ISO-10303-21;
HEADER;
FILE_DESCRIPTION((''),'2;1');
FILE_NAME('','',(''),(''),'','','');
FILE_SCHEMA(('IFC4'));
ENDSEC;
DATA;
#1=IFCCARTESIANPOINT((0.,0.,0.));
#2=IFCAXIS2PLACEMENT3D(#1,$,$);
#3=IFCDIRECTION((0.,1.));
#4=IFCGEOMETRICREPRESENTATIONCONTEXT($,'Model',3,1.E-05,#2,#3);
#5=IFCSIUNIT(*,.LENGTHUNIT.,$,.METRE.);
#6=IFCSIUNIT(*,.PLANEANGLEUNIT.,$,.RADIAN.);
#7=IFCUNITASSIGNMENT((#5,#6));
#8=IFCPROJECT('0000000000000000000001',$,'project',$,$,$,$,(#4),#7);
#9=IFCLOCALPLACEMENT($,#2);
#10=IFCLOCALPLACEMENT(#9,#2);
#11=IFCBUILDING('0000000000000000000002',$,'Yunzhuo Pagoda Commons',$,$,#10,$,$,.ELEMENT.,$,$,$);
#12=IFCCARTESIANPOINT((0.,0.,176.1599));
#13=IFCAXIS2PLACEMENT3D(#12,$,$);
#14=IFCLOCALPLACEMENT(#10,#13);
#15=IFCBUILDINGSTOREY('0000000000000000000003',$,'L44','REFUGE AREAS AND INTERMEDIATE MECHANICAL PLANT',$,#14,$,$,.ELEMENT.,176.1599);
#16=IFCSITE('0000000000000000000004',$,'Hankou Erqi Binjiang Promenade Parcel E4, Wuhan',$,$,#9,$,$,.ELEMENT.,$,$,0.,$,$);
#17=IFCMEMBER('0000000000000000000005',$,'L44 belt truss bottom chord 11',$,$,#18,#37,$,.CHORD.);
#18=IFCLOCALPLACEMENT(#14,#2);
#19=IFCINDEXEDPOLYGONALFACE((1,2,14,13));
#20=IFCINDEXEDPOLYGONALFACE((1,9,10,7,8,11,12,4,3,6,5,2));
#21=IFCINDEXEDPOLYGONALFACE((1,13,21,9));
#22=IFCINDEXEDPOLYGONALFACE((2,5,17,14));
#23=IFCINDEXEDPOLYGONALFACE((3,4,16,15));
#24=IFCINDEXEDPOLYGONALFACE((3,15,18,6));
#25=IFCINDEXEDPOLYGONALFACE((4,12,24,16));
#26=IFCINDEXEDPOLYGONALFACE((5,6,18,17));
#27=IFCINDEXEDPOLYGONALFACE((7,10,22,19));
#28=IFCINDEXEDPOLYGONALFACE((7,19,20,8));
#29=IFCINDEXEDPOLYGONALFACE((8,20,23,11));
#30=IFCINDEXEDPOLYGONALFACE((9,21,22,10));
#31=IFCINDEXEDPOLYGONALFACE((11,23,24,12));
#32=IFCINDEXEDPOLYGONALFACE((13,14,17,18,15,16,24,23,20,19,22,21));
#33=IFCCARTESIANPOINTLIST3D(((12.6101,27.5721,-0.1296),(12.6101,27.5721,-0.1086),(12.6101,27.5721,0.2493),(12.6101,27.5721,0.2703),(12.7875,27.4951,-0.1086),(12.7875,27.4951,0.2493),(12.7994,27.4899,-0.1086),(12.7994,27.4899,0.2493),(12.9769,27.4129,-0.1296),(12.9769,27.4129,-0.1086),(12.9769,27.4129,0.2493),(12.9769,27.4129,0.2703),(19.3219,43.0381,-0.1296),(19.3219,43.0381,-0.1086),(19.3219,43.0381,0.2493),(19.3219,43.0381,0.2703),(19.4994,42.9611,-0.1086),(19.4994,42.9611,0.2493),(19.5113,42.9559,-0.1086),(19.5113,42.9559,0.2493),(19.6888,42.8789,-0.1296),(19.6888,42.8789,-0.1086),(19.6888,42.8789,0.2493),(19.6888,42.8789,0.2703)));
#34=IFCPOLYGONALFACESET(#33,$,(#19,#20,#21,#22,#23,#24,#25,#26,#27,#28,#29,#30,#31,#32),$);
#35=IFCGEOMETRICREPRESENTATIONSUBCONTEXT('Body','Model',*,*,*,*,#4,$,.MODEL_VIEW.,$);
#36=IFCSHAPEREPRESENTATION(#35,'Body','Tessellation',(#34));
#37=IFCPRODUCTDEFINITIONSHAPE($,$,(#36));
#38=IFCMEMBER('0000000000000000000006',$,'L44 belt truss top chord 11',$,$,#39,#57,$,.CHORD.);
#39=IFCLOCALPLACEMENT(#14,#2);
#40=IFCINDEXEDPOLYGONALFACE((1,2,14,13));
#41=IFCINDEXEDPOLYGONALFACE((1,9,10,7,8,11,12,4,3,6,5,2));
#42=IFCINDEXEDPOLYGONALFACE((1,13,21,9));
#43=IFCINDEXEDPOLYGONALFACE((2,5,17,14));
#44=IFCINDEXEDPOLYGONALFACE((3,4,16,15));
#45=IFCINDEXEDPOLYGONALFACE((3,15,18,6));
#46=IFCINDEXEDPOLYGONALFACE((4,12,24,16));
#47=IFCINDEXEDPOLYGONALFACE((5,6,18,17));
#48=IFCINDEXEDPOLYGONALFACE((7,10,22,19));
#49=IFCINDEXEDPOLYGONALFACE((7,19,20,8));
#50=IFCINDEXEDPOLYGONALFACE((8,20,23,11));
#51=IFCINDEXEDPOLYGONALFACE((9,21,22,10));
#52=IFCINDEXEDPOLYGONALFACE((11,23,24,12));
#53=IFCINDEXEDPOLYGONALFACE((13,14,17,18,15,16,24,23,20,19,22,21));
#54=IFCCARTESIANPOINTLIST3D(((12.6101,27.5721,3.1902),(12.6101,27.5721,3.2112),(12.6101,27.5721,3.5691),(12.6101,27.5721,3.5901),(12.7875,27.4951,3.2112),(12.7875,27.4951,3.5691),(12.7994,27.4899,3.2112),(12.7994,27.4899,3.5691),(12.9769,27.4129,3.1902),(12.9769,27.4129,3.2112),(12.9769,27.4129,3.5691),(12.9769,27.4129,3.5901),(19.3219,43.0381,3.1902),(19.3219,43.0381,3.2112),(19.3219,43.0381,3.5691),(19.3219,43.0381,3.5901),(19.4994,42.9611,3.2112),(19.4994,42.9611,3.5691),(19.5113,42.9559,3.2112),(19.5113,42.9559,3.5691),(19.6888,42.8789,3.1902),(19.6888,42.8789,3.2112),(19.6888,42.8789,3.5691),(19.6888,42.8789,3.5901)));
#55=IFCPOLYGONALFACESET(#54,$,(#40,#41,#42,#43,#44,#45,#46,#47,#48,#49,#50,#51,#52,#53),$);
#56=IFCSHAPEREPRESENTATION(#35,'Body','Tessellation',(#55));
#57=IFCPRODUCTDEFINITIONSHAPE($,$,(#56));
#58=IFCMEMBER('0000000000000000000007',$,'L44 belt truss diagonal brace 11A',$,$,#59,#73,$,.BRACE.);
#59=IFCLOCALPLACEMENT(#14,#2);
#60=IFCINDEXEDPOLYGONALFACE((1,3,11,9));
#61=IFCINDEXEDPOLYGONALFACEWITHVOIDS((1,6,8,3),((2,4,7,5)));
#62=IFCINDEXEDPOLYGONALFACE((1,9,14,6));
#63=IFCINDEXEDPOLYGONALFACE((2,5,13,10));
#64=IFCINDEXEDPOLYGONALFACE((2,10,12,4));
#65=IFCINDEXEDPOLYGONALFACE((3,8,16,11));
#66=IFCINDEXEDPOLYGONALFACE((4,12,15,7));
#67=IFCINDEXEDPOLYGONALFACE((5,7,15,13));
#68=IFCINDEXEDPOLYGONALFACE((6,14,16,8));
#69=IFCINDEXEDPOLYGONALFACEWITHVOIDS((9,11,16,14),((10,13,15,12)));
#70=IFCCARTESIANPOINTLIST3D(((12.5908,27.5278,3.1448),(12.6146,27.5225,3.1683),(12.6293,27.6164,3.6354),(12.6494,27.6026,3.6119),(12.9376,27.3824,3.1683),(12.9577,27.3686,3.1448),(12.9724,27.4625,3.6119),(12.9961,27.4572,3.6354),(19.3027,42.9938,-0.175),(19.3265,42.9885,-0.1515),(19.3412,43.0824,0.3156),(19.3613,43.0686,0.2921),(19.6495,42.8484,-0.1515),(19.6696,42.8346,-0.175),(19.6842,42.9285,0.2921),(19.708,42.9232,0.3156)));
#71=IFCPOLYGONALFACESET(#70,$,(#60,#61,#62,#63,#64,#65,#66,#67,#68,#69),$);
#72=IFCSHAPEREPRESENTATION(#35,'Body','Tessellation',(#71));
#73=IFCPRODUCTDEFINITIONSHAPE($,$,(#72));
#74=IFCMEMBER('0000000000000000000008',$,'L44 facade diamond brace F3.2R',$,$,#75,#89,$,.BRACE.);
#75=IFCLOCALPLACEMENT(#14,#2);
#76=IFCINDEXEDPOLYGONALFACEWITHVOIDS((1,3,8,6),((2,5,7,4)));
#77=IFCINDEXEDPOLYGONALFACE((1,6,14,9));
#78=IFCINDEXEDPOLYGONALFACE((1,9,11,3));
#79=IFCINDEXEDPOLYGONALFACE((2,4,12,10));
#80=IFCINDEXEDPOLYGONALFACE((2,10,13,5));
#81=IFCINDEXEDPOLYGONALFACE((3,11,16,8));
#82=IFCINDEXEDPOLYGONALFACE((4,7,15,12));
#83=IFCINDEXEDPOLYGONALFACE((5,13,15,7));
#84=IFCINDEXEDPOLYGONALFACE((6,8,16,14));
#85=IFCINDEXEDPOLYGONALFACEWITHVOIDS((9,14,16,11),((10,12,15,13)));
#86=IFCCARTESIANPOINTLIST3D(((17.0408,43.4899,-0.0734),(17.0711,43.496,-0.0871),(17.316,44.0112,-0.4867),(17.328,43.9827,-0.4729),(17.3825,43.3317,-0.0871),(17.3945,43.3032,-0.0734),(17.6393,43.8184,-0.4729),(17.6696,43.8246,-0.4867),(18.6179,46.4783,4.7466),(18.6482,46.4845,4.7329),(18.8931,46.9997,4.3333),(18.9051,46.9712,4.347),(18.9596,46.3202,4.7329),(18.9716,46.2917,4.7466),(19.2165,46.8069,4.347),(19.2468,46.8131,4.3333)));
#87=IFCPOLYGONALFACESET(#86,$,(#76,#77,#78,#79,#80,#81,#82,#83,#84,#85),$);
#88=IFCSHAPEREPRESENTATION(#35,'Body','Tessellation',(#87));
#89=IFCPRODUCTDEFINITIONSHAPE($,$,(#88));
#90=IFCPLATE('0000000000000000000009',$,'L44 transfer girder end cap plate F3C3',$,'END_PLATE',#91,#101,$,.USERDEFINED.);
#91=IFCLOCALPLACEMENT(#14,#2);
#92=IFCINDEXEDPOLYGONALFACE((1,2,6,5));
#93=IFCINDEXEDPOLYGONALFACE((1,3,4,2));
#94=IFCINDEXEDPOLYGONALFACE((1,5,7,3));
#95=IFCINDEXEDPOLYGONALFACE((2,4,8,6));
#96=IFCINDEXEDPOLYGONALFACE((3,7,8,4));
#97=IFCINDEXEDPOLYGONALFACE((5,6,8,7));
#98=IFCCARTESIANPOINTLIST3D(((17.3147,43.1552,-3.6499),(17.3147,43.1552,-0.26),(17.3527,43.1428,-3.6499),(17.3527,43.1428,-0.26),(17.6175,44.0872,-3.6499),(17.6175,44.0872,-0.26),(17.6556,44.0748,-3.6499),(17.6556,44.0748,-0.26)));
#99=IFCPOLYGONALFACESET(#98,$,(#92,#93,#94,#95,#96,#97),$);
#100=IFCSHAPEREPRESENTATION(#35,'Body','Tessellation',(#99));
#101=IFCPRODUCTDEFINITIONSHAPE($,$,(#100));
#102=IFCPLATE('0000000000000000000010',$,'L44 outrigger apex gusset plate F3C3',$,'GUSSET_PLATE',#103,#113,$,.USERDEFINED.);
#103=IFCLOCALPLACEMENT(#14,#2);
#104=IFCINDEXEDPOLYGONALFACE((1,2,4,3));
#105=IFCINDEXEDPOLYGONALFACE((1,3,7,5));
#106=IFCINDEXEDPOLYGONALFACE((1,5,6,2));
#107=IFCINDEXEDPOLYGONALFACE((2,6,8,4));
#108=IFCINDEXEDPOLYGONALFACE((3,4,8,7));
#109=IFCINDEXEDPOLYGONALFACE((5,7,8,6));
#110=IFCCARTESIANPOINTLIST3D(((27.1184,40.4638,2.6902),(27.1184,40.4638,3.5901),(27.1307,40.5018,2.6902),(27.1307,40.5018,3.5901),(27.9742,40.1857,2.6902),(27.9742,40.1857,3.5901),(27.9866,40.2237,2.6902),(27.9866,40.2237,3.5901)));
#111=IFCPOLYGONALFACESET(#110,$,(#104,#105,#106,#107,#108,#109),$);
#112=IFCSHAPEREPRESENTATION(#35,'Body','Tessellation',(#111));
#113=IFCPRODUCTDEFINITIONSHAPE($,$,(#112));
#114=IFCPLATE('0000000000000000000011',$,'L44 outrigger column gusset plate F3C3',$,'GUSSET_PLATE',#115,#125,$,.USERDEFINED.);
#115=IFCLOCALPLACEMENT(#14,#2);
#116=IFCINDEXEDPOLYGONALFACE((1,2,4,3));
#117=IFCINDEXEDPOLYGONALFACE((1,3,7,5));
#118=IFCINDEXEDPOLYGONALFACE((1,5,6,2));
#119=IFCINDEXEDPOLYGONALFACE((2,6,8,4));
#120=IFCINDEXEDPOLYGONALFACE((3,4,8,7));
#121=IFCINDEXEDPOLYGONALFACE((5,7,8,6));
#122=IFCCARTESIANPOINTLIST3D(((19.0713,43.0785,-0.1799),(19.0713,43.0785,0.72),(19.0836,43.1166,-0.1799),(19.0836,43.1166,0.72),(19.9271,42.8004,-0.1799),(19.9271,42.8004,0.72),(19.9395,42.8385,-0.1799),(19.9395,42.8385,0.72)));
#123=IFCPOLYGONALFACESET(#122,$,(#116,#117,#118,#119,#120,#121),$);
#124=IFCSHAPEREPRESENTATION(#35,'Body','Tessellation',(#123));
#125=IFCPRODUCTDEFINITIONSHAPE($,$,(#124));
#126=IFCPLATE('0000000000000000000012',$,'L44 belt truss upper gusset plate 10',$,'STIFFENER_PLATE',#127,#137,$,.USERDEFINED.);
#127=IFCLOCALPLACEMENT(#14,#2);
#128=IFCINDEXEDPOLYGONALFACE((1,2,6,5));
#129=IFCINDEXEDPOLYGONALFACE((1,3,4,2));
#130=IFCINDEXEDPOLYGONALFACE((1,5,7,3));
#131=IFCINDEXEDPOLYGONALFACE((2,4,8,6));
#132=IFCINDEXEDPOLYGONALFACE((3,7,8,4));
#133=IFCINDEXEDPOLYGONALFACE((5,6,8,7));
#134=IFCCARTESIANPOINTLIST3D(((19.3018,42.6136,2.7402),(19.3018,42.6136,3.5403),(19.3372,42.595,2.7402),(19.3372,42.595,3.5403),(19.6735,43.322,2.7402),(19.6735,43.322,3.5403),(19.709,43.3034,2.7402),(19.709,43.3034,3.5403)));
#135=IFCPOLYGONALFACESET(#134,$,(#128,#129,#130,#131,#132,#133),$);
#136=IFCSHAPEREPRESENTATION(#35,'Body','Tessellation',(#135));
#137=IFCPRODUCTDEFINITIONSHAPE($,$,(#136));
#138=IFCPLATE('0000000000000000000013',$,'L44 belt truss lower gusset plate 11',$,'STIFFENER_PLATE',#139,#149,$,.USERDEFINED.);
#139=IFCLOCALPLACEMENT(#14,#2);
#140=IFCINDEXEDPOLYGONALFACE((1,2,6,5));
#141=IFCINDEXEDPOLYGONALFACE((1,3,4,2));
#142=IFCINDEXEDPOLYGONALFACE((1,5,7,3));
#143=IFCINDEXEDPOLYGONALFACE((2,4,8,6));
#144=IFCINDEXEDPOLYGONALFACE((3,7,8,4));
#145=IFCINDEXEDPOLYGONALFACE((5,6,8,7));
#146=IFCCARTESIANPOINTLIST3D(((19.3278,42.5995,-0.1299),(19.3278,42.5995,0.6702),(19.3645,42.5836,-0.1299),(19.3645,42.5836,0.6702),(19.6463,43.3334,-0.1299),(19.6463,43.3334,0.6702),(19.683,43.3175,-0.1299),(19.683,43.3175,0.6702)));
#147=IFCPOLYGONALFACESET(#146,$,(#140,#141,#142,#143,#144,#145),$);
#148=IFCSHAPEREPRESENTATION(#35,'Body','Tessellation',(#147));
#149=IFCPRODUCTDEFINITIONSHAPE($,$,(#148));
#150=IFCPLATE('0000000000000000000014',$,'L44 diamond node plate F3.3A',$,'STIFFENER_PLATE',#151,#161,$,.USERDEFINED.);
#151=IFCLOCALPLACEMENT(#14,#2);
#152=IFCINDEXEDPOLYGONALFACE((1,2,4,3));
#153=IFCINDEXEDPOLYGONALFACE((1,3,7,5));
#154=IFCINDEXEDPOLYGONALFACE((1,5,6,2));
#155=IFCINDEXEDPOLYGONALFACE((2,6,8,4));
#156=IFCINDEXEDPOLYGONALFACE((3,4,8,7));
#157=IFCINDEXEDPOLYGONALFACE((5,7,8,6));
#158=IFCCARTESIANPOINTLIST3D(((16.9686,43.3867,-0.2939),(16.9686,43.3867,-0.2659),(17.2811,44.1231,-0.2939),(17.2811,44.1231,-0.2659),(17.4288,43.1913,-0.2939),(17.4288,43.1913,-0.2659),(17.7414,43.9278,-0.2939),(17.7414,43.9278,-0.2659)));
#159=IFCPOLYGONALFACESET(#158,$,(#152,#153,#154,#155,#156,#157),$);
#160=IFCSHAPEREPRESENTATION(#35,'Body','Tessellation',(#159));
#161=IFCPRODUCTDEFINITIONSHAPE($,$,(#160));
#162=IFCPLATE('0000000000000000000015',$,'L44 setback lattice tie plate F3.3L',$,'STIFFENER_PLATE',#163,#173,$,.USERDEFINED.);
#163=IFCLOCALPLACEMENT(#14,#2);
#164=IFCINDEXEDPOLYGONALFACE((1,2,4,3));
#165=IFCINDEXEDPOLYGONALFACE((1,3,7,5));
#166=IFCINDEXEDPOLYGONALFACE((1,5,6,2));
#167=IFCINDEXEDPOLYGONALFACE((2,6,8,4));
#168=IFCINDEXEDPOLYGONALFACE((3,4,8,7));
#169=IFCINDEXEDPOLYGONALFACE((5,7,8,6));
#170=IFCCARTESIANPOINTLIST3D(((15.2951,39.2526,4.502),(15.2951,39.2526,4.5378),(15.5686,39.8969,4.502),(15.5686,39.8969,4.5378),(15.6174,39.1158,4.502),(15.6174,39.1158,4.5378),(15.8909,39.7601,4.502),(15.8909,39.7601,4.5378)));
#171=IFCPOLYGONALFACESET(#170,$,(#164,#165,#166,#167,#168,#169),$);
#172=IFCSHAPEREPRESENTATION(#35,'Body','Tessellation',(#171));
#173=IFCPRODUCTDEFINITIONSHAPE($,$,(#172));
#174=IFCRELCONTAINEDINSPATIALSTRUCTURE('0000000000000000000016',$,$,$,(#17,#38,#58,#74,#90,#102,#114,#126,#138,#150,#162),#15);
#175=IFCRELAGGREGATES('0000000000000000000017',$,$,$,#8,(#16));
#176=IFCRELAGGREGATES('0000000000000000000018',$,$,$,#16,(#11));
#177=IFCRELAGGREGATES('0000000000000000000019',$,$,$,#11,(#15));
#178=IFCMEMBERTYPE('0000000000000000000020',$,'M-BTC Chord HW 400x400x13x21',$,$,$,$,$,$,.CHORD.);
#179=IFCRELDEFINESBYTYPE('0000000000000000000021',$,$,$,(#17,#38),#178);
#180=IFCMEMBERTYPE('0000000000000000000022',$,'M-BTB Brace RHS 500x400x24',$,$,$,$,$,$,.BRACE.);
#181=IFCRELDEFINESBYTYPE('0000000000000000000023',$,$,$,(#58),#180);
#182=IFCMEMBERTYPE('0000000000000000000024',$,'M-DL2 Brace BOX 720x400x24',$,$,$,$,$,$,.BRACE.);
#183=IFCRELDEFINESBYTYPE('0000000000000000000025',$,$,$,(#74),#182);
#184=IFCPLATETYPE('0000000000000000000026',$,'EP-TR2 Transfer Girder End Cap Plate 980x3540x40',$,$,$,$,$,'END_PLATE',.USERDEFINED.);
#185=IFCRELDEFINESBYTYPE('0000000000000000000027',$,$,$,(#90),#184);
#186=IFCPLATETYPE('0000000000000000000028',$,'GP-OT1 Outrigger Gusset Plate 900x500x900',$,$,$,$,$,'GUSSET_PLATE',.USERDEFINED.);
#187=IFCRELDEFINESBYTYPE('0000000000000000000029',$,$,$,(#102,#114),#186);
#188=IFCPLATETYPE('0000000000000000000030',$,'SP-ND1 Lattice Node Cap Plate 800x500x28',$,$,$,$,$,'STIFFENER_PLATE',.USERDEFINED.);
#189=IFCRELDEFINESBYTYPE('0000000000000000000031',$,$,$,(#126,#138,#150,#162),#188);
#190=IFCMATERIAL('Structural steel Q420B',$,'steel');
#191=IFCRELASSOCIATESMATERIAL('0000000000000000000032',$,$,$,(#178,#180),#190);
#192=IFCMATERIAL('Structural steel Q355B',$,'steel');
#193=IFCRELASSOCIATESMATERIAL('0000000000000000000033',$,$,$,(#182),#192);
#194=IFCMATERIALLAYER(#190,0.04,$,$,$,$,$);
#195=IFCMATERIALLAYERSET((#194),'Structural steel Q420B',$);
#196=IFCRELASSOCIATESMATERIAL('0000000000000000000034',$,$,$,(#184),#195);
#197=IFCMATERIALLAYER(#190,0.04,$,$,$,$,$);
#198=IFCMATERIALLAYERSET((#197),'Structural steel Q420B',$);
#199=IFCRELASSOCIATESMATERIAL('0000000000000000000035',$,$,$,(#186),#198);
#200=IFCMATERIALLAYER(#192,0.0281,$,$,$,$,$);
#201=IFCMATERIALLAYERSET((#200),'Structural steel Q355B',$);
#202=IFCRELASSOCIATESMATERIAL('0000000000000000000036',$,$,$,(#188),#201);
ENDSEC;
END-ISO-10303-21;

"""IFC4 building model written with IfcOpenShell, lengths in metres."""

from ifc_helpers import new_model, si_unit, direction, frame, origin, origin_2d, place, context, subcontext, project, spatial, rectangle, hollow_rectangle, i_section, extrude, source, transform, mapped, material, layer, layer_set, material_profile, profile_set, type_object, element, save


model = new_model("IFC4")

# Units and contexts
model_context = context("Model", 3, precision=1e-05, world=origin(), true_north=direction((0.0, 1.0)))
body_context = subcontext(model_context, "Body", "Model", "MODEL_VIEW")
ifc_project = project(units=[si_unit("LENGTHUNIT", "METRE"), si_unit("PLANEANGLEUNIT", "RADIAN")], contexts=[model_context])

# Site, building, storey
site_placement = place(None, origin())
site = spatial("IfcSite", under=ifc_project, at=site_placement, Name="Hankou Erqi Binjiang Promenade Parcel E4, Wuhan", CompositionType="ELEMENT", RefElevation=0.0)
building_placement = place(site_placement, origin())
building = spatial("IfcBuilding", under=site, at=building_placement, Name="Yunzhuo Pagoda Commons", CompositionType="ELEMENT")
storey_placement = place(building_placement, frame((0.0, 0.0, 176.1599)))
storey = spatial("IfcBuildingStorey", under=building, at=storey_placement, Name="L44", Description="REFUGE AREAS AND INTERMEDIATE MECHANICAL PLANT", CompositionType="ELEMENT", Elevation=176.1599)

# Shared definitions
ifc_material_1 = material(Name="Structural steel Q420B", Category="steel")

# Shared definitions
ifc_material_2 = material(Name="Structural steel Q355B", Category="steel")

# Members
ifc_material_profile_1 = material_profile(ifc_material_1, i_section(OverallWidth=0.3999, OverallDepth=0.3999, WebThickness=0.0129, FlangeThickness=0.021, at=origin_2d()), Name="Structural steel Q420B")
ifc_profile_set_1 = profile_set([ifc_material_profile_1], Name="Structural steel Q420B")
member_type_1 = type_object("IfcMemberType", Name="M-BTC Chord HW 400x400x13x21", PredefinedType="CHORD", material=ifc_profile_set_1)
shared_shape_1 = source(origin(), body_context, "Body", "SweptSolid", [
    extrude(i_section(OverallWidth=0.3999, OverallDepth=0.3999, WebThickness=0.0129, FlangeThickness=0.021, at=origin_2d()), origin(), (0.0, 0.0, 1.0), 16.8596),
])
for number, where, z_axis, x_axis, name in (
    (1, (19.5054, 42.9585, 0.0703), (-0.398104, -0.91734, 0.0), (0.91734, -0.398104, 0.0), "L44 belt truss bottom chord 11"),
    (2, (19.5054, 42.9585, 3.3901), (-0.398104, -0.91734, 0.0), (0.91734, -0.398104, 0.0), "L44 belt truss top chord 11"),
):
    element("IfcMember", number, at=place(storey_placement, frame(where, z_axis=z_axis, x_axis=x_axis)), inside=storey, type_object=member_type_1, Name=name, PredefinedType="CHORD", context=body_context, shape_type="MappedRepresentation", body=[
        mapped(shared_shape_1, transform((0.0, 0.0, 0.0), scale=1.0)),
    ])
ifc_material_profile_2 = material_profile(ifc_material_1, hollow_rectangle(XDim=0.3999, YDim=0.5, WallThickness=0.0239, at=origin_2d()), Name="Structural steel Q420B")
ifc_profile_set_2 = profile_set([ifc_material_profile_2], Name="Structural steel Q420B")
member_type_2 = type_object("IfcMemberType", Name="M-BTB Brace RHS 500x400x24", PredefinedType="BRACE", material=ifc_profile_set_2)
shared_shape_2 = source(origin(), body_context, "Body", "SweptSolid", [
    extrude(hollow_rectangle(XDim=0.3999, YDim=0.5, WallThickness=0.0239, at=origin_2d()), origin(), (0.0, 0.0, 1.0), 17.1833),
])
member_1_placement = place(storey_placement, frame((19.5054, 42.9585, 0.0703), z_axis=(-0.390604, -0.900057, 0.193199), x_axis=(0.91734, -0.398104, 0.0)))
element("IfcMember", 3, at=member_1_placement, inside=storey, type_object=member_type_2, Name="L44 belt truss diagonal brace 11A", PredefinedType="BRACE", context=body_context, shape_type="MappedRepresentation", body=[
    mapped(shared_shape_2, transform((0.0, 0.0, 0.0), scale=1.0)),
])
ifc_material_profile_3 = material_profile(ifc_material_2, hollow_rectangle(XDim=0.3999, YDim=0.72, WallThickness=0.0239, at=origin_2d()), Name="Structural steel Q355B")
ifc_profile_set_3 = profile_set([ifc_material_profile_3], Name="Structural steel Q355B")
member_type_3 = type_object("IfcMemberType", Name="M-DL2 Brace BOX 720x400x24", PredefinedType="BRACE", material=ifc_profile_set_3)
shared_shape_3 = source(origin(), body_context, "Body", "SweptSolid", [
    extrude(hollow_rectangle(XDim=0.3999, YDim=0.72, WallThickness=0.0239, at=origin_2d()), origin(), (0.0, 0.0, 1.0), 5.8865),
])
member_2_placement = place(storey_placement, frame((17.3552, 43.6572, -0.28), z_axis=(0.267923, 0.507685, 0.818824), x_axis=(-0.8844, 0.466729, 0.0)))
element("IfcMember", 4, at=member_2_placement, inside=storey, type_object=member_type_3, Name="L44 facade diamond brace F3.2R", PredefinedType="BRACE", context=body_context, shape_type="MappedRepresentation", body=[
    mapped(shared_shape_3, transform((0.0, 0.0, 0.0), scale=1.0)),
])

# Plates
ifc_layer_1 = layer(ifc_material_1, 0.04)
ifc_layer_set_1 = layer_set([ifc_layer_1], Name="Structural steel Q420B")
plate_type_1 = type_object("IfcPlateType", Name="EP-TR2 Transfer Girder End Cap Plate 980x3540x40", ElementType="END_PLATE", PredefinedType="USERDEFINED", material=ifc_layer_set_1)
shared_shape_4 = source(origin(), body_context, "Body", "SweptSolid", [
    extrude(rectangle(XDim=0.98, YDim=0.04, at=origin_2d()), origin(), (0.0, 0.0, 1.0), 3.3899),
])
plate_1_placement = place(storey_placement, frame((17.4851, 43.615, -3.6499), z_axis=(0.0, 0.0, 1.0), x_axis=(-0.309017, -0.951057, 0.0)))
element("IfcPlate", 5, at=plate_1_placement, inside=storey, type_object=plate_type_1, Name="L44 transfer girder end cap plate F3C3", ObjectType="END_PLATE", PredefinedType="USERDEFINED", context=body_context, shape_type="MappedRepresentation", body=[
    mapped(shared_shape_4, transform((0.0, 0.0, 0.0), scale=1.0)),
])
ifc_layer_2 = layer(ifc_material_1, 0.04)
ifc_layer_set_2 = layer_set([ifc_layer_2], Name="Structural steel Q420B")
plate_type_2 = type_object("IfcPlateType", Name="GP-OT1 Outrigger Gusset Plate 900x500x900", ElementType="GUSSET_PLATE", PredefinedType="USERDEFINED", material=ifc_layer_set_2)
shared_shape_5 = source(origin(), body_context, "Body", "SweptSolid", [
    extrude(rectangle(XDim=0.8999, YDim=0.04, at=origin_2d()), origin(), (0.0, 0.0, 1.0), 0.8999),
])
for number, where, z_axis, x_axis, name in (
    (6, (27.5525, 40.3438, 2.6902), (0.0, 0.0, 1.0), (-0.951057, 0.309017, 0.0), "L44 outrigger apex gusset plate F3C3"),
    (7, (19.5054, 42.9585, -0.1799), (0.0, 0.0, 1.0), (-0.951057, 0.309017, 0.0), "L44 outrigger column gusset plate F3C3"),
):
    element("IfcPlate", number, at=place(storey_placement, frame(where, z_axis=z_axis, x_axis=x_axis)), inside=storey, type_object=plate_type_2, Name=name, ObjectType="GUSSET_PLATE", PredefinedType="USERDEFINED", context=body_context, shape_type="MappedRepresentation", body=[
        mapped(shared_shape_5, transform((0.0, 0.0, 0.0), scale=1.0)),
    ])
ifc_layer_3 = layer(ifc_material_2, 0.0281)
ifc_layer_set_3 = layer_set([ifc_layer_3], Name="Structural steel Q355B")
plate_type_3 = type_object("IfcPlateType", Name="SP-ND1 Lattice Node Cap Plate 800x500x28", ElementType="STIFFENER_PLATE", PredefinedType="USERDEFINED", material=ifc_layer_set_3)
shared_shape_6 = source(origin(), body_context, "Body", "SweptSolid", [
    extrude(rectangle(XDim=0.8, YDim=0.04, at=origin_2d()), origin(), (0.0, 0.0, 1.0), 0.8),
])
for number, where, z_axis, x_axis, name in (
    (8, (19.5054, 42.9585, 2.7402), (0.0, 0.0, 1.0), (-0.464672, -0.885483, 0.0), "L44 belt truss upper gusset plate 10"),
    (9, (19.5054, 42.9585, -0.1299), (0.0, 0.0, 1.0), (-0.398093, -0.917345, 0.0), "L44 belt truss lower gusset plate 11"),
):
    element("IfcPlate", number, at=place(storey_placement, frame(where, z_axis=z_axis, x_axis=x_axis)), inside=storey, type_object=plate_type_3, Name=name, ObjectType="STIFFENER_PLATE", PredefinedType="USERDEFINED", context=body_context, shape_type="MappedRepresentation", body=[
        mapped(shared_shape_6, transform((0.0, 0.0, 0.0), scale=1.0)),
    ])
shared_shape_7 = source(origin(), body_context, "Body", "SweptSolid", [
    extrude(rectangle(XDim=0.8, YDim=0.5, at=origin_2d()), origin(), (0.0, 0.0, 1.0), 0.0281),
])
plate_2_placement = place(storey_placement, frame((17.355, 43.6572, -0.2939), z_axis=(0.0, 0.0, 1.0), x_axis=(-0.390699, -0.920518, 0.0)))
element("IfcPlate", 10, at=plate_2_placement, inside=storey, type_object=plate_type_3, Name="L44 diamond node plate F3.3A", ObjectType="STIFFENER_PLATE", PredefinedType="USERDEFINED", context=body_context, shape_type="MappedRepresentation", body=[
    mapped(shared_shape_7, transform((0.0, 0.0, 0.0), scale=1.0)),
])
shared_shape_8 = source(origin(), body_context, "Body", "SweptSolid", [
    extrude(rectangle(XDim=0.7, YDim=0.3501, at=origin_2d()), origin(), (0.0, 0.0, 1.0), 0.0359),
])
plate_3_placement = place(storey_placement, frame((15.593, 39.5063, 4.502), z_axis=(0.0, 0.0, 1.0), x_axis=(-0.390699, -0.920518, 0.0)))
element("IfcPlate", 11, at=plate_3_placement, inside=storey, type_object=plate_type_3, Name="L44 setback lattice tie plate F3.3L", ObjectType="STIFFENER_PLATE", PredefinedType="USERDEFINED", context=body_context, shape_type="MappedRepresentation", body=[
    mapped(shared_shape_8, transform((0.0, 0.0, 0.0), scale=1.0)),
])

save(model, "model.ifc")
